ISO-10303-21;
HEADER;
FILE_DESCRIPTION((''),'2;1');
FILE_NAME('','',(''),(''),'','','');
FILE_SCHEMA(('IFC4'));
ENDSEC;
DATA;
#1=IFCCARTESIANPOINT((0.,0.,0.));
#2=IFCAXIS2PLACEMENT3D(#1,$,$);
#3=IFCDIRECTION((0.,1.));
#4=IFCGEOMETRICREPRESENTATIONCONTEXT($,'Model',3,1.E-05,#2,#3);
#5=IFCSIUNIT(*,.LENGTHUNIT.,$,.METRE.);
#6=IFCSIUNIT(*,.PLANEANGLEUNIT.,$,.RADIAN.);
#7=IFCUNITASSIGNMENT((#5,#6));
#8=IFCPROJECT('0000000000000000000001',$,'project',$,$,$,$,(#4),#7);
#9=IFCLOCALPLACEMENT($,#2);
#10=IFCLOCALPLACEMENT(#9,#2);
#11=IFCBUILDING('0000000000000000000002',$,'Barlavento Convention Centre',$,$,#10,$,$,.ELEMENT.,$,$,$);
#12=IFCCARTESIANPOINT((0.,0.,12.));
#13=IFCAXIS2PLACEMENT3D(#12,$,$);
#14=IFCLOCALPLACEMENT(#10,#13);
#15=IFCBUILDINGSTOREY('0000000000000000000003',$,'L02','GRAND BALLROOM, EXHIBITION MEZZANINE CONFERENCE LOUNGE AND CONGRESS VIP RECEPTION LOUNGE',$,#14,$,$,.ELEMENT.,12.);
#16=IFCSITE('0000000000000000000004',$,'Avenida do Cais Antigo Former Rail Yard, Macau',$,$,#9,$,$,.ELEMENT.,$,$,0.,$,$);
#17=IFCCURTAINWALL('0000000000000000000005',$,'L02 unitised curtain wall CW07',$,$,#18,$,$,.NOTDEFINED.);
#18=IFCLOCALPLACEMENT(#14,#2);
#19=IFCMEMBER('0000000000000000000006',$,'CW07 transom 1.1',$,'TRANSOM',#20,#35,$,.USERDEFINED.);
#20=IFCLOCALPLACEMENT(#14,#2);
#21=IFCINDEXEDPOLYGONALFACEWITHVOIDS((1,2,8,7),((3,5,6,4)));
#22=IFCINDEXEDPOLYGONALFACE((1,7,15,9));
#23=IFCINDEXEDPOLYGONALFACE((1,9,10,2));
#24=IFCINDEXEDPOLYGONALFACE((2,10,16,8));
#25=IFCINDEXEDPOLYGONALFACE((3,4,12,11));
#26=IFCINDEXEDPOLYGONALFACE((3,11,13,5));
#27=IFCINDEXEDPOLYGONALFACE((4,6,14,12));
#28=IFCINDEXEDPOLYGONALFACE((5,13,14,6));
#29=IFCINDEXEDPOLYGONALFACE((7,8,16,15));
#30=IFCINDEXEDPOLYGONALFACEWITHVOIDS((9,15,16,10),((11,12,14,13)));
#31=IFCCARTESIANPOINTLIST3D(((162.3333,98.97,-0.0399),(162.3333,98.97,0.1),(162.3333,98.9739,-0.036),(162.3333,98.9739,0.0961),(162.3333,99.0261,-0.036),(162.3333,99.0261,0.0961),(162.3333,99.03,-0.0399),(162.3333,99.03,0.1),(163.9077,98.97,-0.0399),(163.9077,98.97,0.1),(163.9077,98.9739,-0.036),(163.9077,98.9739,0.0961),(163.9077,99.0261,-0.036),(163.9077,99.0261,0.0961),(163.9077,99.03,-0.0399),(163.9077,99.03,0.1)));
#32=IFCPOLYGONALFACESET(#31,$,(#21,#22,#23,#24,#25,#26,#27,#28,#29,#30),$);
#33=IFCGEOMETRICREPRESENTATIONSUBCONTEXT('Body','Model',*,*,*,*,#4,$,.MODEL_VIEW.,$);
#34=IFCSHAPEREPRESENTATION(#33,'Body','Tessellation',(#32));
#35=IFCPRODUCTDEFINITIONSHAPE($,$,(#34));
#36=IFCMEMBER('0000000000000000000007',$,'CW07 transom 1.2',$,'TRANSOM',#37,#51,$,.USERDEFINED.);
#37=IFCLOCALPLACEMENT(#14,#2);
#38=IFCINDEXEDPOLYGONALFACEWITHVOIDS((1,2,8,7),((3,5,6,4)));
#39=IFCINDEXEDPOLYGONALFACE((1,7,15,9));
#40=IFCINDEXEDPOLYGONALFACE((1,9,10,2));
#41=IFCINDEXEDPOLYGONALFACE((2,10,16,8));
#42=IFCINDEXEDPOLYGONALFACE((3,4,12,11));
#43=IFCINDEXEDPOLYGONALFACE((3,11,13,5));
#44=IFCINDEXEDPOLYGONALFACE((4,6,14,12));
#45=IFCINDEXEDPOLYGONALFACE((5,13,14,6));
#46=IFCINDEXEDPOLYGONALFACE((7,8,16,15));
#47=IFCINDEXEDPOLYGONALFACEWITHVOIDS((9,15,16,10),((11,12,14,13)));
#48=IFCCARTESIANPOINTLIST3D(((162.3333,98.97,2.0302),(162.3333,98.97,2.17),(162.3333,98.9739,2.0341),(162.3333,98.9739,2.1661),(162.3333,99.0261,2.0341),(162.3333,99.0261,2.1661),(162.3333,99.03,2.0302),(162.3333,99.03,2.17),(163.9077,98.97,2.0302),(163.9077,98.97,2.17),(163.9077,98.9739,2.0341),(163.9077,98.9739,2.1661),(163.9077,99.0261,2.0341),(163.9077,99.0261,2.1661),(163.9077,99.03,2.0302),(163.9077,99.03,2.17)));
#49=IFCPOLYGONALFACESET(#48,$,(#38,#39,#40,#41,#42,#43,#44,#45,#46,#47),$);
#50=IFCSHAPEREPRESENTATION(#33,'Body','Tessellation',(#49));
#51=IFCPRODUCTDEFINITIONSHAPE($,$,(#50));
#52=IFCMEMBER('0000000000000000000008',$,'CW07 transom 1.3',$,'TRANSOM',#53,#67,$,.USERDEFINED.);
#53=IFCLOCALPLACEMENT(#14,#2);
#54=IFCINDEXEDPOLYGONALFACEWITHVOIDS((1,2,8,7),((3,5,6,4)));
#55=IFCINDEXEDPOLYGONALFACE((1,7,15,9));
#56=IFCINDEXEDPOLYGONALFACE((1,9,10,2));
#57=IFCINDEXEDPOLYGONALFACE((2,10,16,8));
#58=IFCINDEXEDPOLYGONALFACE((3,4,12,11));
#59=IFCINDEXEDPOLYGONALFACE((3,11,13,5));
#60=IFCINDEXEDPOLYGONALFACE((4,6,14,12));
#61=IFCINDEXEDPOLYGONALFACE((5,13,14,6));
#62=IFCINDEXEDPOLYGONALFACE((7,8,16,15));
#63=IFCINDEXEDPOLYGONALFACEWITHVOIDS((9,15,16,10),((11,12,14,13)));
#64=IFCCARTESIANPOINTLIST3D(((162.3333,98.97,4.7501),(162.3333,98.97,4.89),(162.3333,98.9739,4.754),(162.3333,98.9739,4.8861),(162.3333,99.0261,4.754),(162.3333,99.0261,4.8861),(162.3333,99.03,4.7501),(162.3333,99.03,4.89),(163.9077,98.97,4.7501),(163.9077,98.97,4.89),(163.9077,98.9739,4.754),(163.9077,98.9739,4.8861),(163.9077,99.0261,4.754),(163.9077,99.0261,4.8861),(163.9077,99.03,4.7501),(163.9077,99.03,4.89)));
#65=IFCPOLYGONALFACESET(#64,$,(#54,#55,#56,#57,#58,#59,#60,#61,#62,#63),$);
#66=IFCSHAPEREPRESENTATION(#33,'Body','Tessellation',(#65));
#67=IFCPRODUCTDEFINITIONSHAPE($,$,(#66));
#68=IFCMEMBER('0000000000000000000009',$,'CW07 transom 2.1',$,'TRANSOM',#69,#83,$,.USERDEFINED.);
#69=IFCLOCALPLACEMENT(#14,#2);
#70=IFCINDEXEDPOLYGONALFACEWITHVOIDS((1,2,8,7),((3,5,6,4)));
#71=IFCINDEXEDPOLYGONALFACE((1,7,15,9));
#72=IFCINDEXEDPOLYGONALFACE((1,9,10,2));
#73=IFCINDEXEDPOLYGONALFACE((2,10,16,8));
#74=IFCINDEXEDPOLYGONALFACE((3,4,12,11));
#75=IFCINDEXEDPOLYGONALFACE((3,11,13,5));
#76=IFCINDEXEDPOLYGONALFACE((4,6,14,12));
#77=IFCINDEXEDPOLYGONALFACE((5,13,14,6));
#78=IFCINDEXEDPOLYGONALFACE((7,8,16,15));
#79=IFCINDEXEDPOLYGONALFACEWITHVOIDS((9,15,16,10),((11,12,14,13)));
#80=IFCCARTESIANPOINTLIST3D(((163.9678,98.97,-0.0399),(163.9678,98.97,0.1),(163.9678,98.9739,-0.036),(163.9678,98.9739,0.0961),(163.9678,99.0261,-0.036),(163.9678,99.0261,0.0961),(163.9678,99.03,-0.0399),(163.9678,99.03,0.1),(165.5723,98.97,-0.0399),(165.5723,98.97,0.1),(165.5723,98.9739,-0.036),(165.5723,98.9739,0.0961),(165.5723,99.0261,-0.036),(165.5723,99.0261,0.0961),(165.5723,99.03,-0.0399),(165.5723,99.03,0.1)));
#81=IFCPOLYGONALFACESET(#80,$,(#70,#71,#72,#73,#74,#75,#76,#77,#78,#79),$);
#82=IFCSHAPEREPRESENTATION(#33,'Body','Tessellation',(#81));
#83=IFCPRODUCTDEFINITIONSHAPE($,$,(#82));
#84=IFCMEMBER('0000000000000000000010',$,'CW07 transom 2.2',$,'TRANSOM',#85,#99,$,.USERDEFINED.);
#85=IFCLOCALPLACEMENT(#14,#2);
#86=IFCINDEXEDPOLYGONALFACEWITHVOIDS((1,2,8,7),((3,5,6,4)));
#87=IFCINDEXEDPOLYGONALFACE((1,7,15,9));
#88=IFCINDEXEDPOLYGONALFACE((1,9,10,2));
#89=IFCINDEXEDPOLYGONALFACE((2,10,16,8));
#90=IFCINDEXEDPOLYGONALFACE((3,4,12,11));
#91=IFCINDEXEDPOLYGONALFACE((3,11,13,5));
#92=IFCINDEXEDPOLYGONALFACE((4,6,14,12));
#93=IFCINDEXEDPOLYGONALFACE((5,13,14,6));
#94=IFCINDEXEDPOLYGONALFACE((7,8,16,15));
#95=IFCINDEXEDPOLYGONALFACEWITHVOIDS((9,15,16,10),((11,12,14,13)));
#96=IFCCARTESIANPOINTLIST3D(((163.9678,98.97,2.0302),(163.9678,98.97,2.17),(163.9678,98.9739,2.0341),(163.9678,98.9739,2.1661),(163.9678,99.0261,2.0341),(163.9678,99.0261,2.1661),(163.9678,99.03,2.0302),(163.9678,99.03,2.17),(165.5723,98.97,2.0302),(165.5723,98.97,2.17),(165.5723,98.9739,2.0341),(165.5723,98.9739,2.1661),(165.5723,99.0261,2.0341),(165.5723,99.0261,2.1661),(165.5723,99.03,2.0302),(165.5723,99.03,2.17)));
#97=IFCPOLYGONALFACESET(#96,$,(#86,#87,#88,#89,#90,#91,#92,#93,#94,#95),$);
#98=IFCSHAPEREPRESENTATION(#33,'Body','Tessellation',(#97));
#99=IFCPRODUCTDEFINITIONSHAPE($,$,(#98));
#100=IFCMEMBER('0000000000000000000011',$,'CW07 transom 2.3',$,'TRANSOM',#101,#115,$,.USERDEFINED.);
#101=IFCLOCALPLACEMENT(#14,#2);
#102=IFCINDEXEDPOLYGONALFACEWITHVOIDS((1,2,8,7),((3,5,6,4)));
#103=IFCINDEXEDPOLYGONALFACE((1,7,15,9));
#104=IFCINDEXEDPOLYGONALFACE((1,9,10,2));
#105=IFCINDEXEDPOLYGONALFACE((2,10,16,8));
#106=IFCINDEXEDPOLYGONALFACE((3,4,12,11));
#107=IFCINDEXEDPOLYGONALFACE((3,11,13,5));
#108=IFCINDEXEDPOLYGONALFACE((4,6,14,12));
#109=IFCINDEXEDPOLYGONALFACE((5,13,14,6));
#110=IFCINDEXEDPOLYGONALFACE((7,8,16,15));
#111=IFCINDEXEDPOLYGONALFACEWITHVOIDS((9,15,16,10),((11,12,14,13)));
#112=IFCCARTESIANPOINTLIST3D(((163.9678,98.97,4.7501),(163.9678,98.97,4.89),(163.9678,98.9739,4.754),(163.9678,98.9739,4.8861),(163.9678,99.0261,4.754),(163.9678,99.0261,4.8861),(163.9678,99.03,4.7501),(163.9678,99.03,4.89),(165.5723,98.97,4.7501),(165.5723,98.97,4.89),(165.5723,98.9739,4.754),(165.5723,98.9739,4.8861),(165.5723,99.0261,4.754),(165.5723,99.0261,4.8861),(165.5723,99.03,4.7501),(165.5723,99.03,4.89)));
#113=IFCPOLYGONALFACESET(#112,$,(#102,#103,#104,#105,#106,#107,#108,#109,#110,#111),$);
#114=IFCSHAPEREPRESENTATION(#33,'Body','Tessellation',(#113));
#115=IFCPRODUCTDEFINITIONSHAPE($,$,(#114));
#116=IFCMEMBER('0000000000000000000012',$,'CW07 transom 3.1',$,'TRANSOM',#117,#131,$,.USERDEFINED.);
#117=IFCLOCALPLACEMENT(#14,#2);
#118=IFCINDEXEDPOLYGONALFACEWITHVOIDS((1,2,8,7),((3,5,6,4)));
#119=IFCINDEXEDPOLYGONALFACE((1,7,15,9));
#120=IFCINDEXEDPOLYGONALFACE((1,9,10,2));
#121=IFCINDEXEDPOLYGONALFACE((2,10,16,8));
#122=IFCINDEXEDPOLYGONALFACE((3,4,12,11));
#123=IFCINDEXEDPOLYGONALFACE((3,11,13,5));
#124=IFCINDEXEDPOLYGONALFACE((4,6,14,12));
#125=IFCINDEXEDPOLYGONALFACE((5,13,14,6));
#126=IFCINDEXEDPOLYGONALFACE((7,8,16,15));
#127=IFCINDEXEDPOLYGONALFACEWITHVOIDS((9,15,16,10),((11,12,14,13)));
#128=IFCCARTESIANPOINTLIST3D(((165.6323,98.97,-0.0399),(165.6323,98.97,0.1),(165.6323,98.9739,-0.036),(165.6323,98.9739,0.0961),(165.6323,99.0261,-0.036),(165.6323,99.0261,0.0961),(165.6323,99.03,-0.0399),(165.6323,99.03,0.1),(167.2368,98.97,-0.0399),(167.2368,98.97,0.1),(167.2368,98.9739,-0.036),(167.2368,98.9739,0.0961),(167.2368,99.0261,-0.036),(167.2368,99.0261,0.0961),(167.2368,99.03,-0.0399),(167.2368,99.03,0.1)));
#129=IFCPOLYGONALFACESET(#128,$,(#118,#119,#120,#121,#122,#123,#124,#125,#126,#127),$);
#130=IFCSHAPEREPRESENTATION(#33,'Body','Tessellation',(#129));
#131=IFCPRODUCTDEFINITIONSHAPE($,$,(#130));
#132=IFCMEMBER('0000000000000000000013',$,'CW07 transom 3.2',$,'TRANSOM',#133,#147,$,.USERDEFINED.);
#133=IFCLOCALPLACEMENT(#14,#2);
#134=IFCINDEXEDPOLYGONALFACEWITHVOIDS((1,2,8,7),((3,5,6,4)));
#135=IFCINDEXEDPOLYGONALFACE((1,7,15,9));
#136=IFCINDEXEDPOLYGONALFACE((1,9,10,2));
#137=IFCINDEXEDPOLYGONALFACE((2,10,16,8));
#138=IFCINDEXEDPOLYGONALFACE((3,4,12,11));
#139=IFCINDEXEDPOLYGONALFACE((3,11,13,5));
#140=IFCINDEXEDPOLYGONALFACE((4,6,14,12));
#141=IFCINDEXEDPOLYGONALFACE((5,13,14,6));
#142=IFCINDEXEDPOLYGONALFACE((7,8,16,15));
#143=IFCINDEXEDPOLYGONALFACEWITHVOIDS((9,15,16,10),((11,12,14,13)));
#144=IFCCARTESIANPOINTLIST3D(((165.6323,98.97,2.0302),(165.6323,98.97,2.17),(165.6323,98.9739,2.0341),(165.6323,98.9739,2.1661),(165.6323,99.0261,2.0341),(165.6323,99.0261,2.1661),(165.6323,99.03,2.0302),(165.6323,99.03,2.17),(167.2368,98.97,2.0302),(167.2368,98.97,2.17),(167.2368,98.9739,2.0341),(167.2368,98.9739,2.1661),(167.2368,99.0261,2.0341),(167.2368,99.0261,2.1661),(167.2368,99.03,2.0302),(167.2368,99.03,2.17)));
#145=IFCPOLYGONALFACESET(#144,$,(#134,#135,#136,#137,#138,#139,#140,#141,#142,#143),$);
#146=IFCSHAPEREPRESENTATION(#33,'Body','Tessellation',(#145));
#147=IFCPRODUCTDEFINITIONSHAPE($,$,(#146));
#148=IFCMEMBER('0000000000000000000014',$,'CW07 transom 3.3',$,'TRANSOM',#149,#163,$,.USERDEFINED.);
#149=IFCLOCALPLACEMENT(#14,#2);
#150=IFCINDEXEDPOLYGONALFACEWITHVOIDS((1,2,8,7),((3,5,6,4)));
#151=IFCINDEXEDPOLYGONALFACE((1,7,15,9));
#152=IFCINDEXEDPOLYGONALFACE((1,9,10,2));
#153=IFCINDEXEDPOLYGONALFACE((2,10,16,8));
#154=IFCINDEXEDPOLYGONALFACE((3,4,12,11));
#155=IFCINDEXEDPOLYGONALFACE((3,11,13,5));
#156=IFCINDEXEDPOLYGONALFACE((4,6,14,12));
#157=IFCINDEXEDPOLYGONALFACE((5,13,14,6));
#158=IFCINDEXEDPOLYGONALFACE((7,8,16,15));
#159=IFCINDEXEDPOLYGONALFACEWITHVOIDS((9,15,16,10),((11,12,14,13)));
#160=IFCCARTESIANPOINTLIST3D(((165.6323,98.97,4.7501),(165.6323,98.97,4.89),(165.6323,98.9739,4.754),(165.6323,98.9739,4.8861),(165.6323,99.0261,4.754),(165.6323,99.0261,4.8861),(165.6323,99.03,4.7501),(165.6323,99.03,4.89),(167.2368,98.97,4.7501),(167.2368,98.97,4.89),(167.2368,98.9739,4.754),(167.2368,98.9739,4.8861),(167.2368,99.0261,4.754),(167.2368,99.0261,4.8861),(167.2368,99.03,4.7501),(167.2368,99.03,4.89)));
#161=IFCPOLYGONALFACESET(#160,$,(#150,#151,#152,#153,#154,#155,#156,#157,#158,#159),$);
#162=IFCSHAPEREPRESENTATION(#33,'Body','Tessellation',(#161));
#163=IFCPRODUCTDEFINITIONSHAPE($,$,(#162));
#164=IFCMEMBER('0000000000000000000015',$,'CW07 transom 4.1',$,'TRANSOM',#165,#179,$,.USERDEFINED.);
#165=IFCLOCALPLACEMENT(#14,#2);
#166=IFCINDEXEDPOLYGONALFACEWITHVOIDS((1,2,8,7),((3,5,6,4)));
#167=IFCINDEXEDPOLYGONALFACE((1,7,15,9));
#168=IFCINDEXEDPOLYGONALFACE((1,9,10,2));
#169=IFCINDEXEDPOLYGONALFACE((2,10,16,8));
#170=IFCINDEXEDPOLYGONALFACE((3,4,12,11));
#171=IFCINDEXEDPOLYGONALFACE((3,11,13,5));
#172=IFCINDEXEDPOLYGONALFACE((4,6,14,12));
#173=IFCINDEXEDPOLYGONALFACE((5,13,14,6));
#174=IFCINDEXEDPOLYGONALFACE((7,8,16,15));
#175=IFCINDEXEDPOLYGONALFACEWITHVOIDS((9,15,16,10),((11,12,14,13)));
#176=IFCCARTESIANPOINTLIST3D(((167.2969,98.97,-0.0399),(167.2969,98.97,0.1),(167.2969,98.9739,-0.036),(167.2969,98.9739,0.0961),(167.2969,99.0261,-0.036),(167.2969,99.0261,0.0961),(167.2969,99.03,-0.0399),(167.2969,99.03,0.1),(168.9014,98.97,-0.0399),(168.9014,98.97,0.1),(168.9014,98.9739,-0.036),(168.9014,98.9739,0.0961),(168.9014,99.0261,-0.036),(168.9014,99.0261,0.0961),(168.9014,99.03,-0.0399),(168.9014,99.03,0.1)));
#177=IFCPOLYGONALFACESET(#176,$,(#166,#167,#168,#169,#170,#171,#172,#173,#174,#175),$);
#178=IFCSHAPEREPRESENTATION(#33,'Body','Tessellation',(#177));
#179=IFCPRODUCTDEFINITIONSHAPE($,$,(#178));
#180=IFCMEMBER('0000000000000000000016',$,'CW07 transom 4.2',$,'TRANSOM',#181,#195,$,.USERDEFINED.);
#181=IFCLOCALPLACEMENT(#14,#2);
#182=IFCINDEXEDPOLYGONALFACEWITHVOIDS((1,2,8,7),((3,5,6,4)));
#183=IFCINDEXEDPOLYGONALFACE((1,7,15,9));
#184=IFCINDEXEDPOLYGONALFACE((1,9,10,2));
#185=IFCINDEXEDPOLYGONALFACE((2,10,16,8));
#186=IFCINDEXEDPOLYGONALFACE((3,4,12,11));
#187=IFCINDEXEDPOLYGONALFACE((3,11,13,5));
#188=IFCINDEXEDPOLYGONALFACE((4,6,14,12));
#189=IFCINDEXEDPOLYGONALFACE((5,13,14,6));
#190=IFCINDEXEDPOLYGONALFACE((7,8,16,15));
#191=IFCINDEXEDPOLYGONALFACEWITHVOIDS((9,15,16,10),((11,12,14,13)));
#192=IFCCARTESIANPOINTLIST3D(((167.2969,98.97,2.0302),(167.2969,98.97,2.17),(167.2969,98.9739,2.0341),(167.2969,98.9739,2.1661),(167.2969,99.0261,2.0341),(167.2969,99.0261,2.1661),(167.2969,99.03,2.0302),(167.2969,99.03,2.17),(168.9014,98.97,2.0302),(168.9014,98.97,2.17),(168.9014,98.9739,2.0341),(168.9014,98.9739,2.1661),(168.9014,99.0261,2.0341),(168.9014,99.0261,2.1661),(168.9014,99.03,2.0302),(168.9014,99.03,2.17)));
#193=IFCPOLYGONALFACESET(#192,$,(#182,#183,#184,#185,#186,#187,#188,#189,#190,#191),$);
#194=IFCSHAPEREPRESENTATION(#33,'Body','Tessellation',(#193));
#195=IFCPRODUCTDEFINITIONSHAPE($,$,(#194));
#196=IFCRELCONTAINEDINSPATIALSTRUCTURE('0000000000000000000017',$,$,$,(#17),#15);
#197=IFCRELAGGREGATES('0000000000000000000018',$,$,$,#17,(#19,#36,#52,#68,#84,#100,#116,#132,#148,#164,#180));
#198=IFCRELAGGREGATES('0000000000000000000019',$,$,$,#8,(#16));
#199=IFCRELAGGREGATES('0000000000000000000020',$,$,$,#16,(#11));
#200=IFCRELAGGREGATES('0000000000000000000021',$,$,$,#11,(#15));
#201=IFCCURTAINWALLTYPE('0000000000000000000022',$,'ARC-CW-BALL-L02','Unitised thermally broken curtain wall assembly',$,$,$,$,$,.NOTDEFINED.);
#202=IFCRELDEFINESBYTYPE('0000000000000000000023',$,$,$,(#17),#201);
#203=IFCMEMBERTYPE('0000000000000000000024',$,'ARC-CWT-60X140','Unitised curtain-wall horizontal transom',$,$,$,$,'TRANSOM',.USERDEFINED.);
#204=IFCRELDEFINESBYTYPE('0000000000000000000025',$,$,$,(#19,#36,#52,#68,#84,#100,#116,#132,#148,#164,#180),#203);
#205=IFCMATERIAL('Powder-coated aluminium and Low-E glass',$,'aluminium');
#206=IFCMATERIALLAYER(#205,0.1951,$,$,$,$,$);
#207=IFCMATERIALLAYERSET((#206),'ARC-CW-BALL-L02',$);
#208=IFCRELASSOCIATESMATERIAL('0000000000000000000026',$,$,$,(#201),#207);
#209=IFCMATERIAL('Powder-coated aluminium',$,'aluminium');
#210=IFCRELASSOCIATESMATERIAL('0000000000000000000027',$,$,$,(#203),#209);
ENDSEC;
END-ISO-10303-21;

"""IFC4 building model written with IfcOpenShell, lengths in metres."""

from ifc_helpers import new_model, si_unit, direction, frame, origin, origin_2d, place, context, subcontext, project, spatial, hollow_rectangle, extrude, material, layer, layer_set, material_profile, profile_set, type_object, element, aggregate, save


model = new_model("IFC4")

# Units and contexts
model_context = context("Model", 3, precision=1e-05, world=origin(), true_north=direction((0.0, 1.0)))
body_context = subcontext(model_context, "Body", "Model", "MODEL_VIEW")
ifc_project = project(units=[si_unit("LENGTHUNIT", "METRE"), si_unit("PLANEANGLEUNIT", "RADIAN")], contexts=[model_context])

# Site, building, storey
site_placement = place(None, origin())
site = spatial("IfcSite", under=ifc_project, at=site_placement, Name="Avenida do Cais Antigo Former Rail Yard, Macau", CompositionType="ELEMENT", RefElevation=0.0)
building_placement = place(site_placement, origin())
building = spatial("IfcBuilding", under=site, at=building_placement, Name="Barlavento Convention Centre", CompositionType="ELEMENT")
storey_placement = place(building_placement, frame((0.0, 0.0, 12.0)))
storey = spatial("IfcBuildingStorey", under=building, at=storey_placement, Name="L02", Description="GRAND BALLROOM, EXHIBITION MEZZANINE CONFERENCE LOUNGE AND CONGRESS VIP RECEPTION LOUNGE", CompositionType="ELEMENT", Elevation=12.0)

# Shared definitions
ifc_material_1 = material(Name="Powder-coated aluminium and Low-E glass", Category="aluminium")
ifc_layer_1 = layer(ifc_material_1, 0.1951)
ifc_layer_set_1 = layer_set([ifc_layer_1], Name="ARC-CW-BALL-L02")
curtain_wall_type = type_object("IfcCurtainWallType", Name="ARC-CW-BALL-L02", Description="Unitised thermally broken curtain wall assembly", PredefinedType="NOTDEFINED", material=ifc_layer_set_1)
ifc_material_2 = material(Name="Powder-coated aluminium", Category="aluminium")

# Curtain wall
curtain_wall_1_placement = place(storey_placement, origin())
curtain_wall_1 = element("IfcCurtainWall", 1, at=curtain_wall_1_placement, inside=storey, type_object=curtain_wall_type, Name="L02 unitised curtain wall CW07", PredefinedType="NOTDEFINED")

# Members
ifc_material_profile_1 = material_profile(ifc_material_2, hollow_rectangle(XDim=0.0601, YDim=0.1399, WallThickness=0.0039, at=origin_2d()), Name="AL-TRAN 60x140x4")
ifc_profile_set_1 = profile_set([ifc_material_profile_1], Name="Powder-coated aluminium")
member_type_1 = type_object("IfcMemberType", Name="ARC-CWT-60X140", Description="Unitised curtain-wall horizontal transom", ElementType="TRANSOM", PredefinedType="USERDEFINED", material=ifc_profile_set_1)
member_1_placement = place(storey_placement, frame((162.3333, 99.0, 0.03), z_axis=(1.0, 0.0, 0.0), x_axis=(0.0, 1.0, 0.0)))
member_1 = element("IfcMember", 2, at=member_1_placement, type_object=member_type_1, Name="CW07 transom 1.1", ObjectType="TRANSOM", PredefinedType="USERDEFINED", context=body_context, shape_type="SweptSolid", body=[
    extrude(hollow_rectangle(XDim=0.0601, YDim=0.1399, WallThickness=0.0039, at=origin_2d()), origin(), (0.0, 0.0, 1.0), 1.5745),
])
member_2_placement = place(storey_placement, frame((162.3333, 99.0, 2.1001), z_axis=(1.0, 0.0, 0.0), x_axis=(0.0, 1.0, 0.0)))
member_2 = element("IfcMember", 3, at=member_2_placement, type_object=member_type_1, Name="CW07 transom 1.2", ObjectType="TRANSOM", PredefinedType="USERDEFINED", context=body_context, shape_type="SweptSolid", body=[
    extrude(hollow_rectangle(XDim=0.0601, YDim=0.1399, WallThickness=0.0039, at=origin_2d()), origin(), (0.0, 0.0, 1.0), 1.5745),
])
member_3_placement = place(storey_placement, frame((162.3333, 99.0, 4.8201), z_axis=(1.0, 0.0, 0.0), x_axis=(0.0, 1.0, 0.0)))
member_3 = element("IfcMember", 4, at=member_3_placement, type_object=member_type_1, Name="CW07 transom 1.3", ObjectType="TRANSOM", PredefinedType="USERDEFINED", context=body_context, shape_type="SweptSolid", body=[
    extrude(hollow_rectangle(XDim=0.0601, YDim=0.1399, WallThickness=0.0039, at=origin_2d()), origin(), (0.0, 0.0, 1.0), 1.5745),
])
member_4_placement = place(storey_placement, frame((163.9678, 99.0, 0.03), z_axis=(1.0, 0.0, 0.0), x_axis=(0.0, 1.0, 0.0)))
member_4 = element("IfcMember", 5, at=member_4_placement, type_object=member_type_1, Name="CW07 transom 2.1", ObjectType="TRANSOM", PredefinedType="USERDEFINED", context=body_context, shape_type="SweptSolid", body=[
    extrude(hollow_rectangle(XDim=0.0601, YDim=0.1399, WallThickness=0.0039, at=origin_2d()), origin(), (0.0, 0.0, 1.0), 1.6045),
])
member_5_placement = place(storey_placement, frame((163.9678, 99.0, 2.1001), z_axis=(1.0, 0.0, 0.0), x_axis=(0.0, 1.0, 0.0)))
member_5 = element("IfcMember", 6, at=member_5_placement, type_object=member_type_1, Name="CW07 transom 2.2", ObjectType="TRANSOM", PredefinedType="USERDEFINED", context=body_context, shape_type="SweptSolid", body=[
    extrude(hollow_rectangle(XDim=0.0601, YDim=0.1399, WallThickness=0.0039, at=origin_2d()), origin(), (0.0, 0.0, 1.0), 1.6045),
])
member_6_placement = place(storey_placement, frame((163.9678, 99.0, 4.8201), z_axis=(1.0, 0.0, 0.0), x_axis=(0.0, 1.0, 0.0)))
member_6 = element("IfcMember", 7, at=member_6_placement, type_object=member_type_1, Name="CW07 transom 2.3", ObjectType="TRANSOM", PredefinedType="USERDEFINED", context=body_context, shape_type="SweptSolid", body=[
    extrude(hollow_rectangle(XDim=0.0601, YDim=0.1399, WallThickness=0.0039, at=origin_2d()), origin(), (0.0, 0.0, 1.0), 1.6045),
])
member_7_placement = place(storey_placement, frame((165.6323, 99.0, 0.03), z_axis=(1.0, 0.0, 0.0), x_axis=(0.0, 1.0, 0.0)))
member_7 = element("IfcMember", 8, at=member_7_placement, type_object=member_type_1, Name="CW07 transom 3.1", ObjectType="TRANSOM", PredefinedType="USERDEFINED", context=body_context, shape_type="SweptSolid", body=[
    extrude(hollow_rectangle(XDim=0.0601, YDim=0.1399, WallThickness=0.0039, at=origin_2d()), origin(), (0.0, 0.0, 1.0), 1.6045),
])
member_8_placement = place(storey_placement, frame((165.6323, 99.0, 2.1001), z_axis=(1.0, 0.0, 0.0), x_axis=(0.0, 1.0, 0.0)))
member_8 = element("IfcMember", 9, at=member_8_placement, type_object=member_type_1, Name="CW07 transom 3.2", ObjectType="TRANSOM", PredefinedType="USERDEFINED", context=body_context, shape_type="SweptSolid", body=[
    extrude(hollow_rectangle(XDim=0.0601, YDim=0.1399, WallThickness=0.0039, at=origin_2d()), origin(), (0.0, 0.0, 1.0), 1.6045),
])
member_9_placement = place(storey_placement, frame((165.6323, 99.0, 4.8201), z_axis=(1.0, 0.0, 0.0), x_axis=(0.0, 1.0, 0.0)))
member_9 = element("IfcMember", 10, at=member_9_placement, type_object=member_type_1, Name="CW07 transom 3.3", ObjectType="TRANSOM", PredefinedType="USERDEFINED", context=body_context, shape_type="SweptSolid", body=[
    extrude(hollow_rectangle(XDim=0.0601, YDim=0.1399, WallThickness=0.0039, at=origin_2d()), origin(), (0.0, 0.0, 1.0), 1.6045),
])
member_10_placement = place(storey_placement, frame((167.2969, 99.0, 0.03), z_axis=(1.0, 0.0, 0.0), x_axis=(0.0, 1.0, 0.0)))
member_10 = element("IfcMember", 11, at=member_10_placement, type_object=member_type_1, Name="CW07 transom 4.1", ObjectType="TRANSOM", PredefinedType="USERDEFINED", context=body_context, shape_type="SweptSolid", body=[
    extrude(hollow_rectangle(XDim=0.0601, YDim=0.1399, WallThickness=0.0039, at=origin_2d()), origin(), (0.0, 0.0, 1.0), 1.6045),
])
member_11_placement = place(storey_placement, frame((167.2969, 99.0, 2.1001), z_axis=(1.0, 0.0, 0.0), x_axis=(0.0, 1.0, 0.0)))
member_11 = element("IfcMember", 12, at=member_11_placement, type_object=member_type_1, Name="CW07 transom 4.2", ObjectType="TRANSOM", PredefinedType="USERDEFINED", context=body_context, shape_type="SweptSolid", body=[
    extrude(hollow_rectangle(XDim=0.0601, YDim=0.1399, WallThickness=0.0039, at=origin_2d()), origin(), (0.0, 0.0, 1.0), 1.6045),
])

aggregate(curtain_wall_1, [member_1, member_2, member_3, member_4, member_5, member_6, member_7, member_8, member_9, member_10, member_11])

save(model, "model.ifc")
